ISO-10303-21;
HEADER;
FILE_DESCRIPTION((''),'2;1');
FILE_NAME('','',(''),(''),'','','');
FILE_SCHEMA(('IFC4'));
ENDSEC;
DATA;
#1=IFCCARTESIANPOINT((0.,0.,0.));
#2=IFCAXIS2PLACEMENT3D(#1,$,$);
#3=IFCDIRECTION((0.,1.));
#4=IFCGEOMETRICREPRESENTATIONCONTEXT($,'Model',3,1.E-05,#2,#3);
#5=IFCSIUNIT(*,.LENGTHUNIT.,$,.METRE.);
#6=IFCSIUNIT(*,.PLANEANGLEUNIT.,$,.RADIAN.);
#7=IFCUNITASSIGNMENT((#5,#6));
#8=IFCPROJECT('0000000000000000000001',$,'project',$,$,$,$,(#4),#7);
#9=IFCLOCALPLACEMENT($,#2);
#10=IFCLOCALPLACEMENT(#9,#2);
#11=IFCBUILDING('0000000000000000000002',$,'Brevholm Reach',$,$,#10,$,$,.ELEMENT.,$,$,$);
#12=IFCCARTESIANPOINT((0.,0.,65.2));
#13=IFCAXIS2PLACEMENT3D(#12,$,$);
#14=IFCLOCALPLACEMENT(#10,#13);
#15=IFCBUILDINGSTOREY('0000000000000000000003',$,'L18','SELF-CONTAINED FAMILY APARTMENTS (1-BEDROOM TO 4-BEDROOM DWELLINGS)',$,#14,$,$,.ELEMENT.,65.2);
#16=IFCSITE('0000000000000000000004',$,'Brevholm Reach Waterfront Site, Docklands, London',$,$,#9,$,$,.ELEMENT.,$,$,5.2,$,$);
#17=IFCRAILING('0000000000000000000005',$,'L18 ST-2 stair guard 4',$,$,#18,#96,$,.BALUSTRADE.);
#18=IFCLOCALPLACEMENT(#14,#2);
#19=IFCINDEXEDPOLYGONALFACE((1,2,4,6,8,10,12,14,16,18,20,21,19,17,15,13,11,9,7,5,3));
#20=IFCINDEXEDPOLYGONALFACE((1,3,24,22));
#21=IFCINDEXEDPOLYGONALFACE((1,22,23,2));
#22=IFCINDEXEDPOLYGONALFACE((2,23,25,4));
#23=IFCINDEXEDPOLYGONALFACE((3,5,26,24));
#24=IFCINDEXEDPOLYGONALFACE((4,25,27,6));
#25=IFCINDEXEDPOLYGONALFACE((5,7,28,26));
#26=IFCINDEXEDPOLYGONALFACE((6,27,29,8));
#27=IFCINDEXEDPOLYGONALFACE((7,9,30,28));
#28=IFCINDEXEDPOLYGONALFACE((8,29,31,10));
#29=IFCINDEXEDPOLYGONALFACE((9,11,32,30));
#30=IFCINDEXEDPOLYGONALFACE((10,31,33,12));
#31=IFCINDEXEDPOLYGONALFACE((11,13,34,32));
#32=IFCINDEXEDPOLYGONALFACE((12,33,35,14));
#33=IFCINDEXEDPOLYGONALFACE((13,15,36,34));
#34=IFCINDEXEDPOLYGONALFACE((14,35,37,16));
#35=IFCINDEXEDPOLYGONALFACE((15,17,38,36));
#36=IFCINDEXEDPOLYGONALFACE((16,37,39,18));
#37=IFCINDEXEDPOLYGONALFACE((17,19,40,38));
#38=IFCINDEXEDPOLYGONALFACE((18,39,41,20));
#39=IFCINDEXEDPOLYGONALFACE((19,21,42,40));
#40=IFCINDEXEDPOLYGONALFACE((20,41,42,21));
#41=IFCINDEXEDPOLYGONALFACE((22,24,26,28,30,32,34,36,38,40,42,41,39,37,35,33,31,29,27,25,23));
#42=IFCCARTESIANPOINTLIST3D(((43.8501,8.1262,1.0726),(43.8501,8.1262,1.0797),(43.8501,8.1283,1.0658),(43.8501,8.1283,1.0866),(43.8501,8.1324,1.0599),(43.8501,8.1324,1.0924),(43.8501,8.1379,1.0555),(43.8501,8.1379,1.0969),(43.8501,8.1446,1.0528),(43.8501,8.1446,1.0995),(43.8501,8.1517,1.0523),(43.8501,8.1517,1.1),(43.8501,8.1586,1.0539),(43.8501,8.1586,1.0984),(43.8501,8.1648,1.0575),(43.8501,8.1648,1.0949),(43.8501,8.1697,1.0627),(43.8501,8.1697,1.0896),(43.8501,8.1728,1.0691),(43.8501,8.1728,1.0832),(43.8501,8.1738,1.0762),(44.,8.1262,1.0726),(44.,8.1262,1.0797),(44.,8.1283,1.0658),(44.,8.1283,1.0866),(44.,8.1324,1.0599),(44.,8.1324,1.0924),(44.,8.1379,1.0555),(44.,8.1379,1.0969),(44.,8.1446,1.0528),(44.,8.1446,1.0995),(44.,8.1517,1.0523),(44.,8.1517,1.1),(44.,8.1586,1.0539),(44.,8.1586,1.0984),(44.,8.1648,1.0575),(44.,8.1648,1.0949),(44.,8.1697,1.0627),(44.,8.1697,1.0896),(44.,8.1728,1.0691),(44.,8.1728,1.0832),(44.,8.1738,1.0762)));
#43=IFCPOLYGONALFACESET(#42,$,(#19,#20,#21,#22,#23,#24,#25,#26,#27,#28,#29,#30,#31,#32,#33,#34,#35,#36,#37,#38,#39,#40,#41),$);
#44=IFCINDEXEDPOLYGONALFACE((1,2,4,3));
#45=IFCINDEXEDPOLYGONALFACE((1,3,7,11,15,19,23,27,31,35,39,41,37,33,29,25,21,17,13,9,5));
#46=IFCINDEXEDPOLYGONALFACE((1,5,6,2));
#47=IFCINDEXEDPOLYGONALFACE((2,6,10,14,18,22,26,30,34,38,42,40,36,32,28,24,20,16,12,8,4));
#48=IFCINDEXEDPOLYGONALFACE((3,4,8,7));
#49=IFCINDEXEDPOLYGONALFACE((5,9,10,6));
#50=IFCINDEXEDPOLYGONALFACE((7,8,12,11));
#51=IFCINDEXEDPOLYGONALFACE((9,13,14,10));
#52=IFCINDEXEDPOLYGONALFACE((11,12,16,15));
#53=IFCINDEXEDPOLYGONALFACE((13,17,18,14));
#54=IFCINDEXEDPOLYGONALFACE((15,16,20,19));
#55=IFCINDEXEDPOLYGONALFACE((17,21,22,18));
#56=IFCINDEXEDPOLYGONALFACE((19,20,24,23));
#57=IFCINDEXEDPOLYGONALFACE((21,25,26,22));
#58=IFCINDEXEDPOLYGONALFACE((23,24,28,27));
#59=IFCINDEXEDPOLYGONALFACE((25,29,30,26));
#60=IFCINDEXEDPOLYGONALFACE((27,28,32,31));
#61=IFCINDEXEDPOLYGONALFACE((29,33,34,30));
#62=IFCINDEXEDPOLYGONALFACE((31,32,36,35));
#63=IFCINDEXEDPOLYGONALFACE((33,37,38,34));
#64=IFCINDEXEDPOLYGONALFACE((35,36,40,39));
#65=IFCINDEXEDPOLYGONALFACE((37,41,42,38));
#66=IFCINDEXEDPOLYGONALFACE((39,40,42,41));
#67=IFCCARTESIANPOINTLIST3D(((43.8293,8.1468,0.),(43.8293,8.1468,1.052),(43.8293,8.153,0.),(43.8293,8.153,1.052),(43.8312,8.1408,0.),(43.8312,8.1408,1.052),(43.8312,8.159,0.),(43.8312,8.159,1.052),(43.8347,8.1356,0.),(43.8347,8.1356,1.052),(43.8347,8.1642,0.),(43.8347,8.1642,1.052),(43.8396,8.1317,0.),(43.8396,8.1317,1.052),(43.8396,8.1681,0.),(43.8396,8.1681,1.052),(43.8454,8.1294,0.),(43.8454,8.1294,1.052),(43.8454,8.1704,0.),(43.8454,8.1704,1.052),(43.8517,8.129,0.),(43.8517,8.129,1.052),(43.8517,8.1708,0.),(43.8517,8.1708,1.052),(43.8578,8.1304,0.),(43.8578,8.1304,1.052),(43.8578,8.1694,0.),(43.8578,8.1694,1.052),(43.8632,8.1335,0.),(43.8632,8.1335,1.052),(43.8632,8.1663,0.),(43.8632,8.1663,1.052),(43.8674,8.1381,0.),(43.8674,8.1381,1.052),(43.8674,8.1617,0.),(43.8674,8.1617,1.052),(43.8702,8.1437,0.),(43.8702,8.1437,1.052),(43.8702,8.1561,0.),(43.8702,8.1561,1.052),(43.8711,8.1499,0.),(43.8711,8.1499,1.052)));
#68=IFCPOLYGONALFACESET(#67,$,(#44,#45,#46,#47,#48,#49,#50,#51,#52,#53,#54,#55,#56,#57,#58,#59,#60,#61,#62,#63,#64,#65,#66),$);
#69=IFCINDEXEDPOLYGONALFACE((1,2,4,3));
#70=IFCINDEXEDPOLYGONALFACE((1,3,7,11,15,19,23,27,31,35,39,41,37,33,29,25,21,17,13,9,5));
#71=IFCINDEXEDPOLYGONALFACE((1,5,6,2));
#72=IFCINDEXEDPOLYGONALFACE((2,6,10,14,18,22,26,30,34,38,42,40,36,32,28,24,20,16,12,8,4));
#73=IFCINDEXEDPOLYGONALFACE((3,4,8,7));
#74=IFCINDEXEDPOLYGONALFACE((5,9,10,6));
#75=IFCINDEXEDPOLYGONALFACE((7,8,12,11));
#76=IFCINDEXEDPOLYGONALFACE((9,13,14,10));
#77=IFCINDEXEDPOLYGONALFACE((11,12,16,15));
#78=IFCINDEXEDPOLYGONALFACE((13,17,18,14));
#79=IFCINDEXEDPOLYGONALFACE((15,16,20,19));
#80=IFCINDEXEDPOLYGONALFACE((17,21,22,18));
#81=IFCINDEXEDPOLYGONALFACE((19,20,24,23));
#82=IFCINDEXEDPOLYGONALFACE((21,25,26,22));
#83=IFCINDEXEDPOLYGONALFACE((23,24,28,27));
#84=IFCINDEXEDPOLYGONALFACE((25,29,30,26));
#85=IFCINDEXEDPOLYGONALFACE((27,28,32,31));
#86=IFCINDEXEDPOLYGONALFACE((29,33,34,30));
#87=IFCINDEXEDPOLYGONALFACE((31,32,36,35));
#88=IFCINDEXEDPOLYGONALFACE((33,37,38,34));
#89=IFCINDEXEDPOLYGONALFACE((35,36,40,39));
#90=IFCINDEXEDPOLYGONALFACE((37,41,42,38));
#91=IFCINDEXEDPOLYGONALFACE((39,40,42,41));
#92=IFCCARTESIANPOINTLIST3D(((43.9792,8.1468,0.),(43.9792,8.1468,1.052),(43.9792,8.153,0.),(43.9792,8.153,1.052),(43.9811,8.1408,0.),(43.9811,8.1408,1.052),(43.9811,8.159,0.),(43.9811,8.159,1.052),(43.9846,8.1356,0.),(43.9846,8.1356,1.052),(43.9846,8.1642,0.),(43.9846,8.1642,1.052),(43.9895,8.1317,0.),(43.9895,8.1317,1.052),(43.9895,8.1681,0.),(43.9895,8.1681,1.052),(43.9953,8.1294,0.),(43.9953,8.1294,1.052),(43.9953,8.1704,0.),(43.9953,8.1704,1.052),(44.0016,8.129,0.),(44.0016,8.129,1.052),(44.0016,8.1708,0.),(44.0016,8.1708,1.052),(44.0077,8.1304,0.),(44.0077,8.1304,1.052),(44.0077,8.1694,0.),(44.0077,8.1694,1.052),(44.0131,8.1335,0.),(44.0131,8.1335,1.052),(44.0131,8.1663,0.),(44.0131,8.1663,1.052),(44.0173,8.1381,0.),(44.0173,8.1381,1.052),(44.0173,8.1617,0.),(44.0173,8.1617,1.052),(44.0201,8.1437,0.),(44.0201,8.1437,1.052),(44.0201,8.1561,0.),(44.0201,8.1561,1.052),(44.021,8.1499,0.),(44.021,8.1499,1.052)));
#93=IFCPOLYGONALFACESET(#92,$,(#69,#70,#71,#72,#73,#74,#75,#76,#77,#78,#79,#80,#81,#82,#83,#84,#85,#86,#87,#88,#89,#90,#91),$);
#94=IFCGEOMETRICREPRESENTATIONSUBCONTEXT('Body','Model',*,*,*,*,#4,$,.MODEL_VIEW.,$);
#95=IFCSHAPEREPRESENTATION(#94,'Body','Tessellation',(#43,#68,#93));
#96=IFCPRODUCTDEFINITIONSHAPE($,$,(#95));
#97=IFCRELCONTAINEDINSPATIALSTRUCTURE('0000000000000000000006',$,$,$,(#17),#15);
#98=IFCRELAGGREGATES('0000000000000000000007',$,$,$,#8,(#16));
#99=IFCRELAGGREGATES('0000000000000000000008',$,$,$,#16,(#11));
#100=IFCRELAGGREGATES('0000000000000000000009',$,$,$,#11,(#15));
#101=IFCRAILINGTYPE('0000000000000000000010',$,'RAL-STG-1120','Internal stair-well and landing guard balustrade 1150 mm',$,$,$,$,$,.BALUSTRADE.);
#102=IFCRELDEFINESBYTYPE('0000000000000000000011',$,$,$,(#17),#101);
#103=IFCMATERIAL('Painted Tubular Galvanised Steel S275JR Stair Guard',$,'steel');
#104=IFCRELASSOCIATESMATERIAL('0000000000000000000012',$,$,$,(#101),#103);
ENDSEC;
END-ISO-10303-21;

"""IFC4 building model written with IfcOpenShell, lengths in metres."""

from ifc_helpers import new_model, si_unit, direction, frame, origin, origin_2d, place, context, subcontext, project, spatial, circle, extrude, material, type_object, element, save


model = new_model("IFC4")

# Units and contexts
model_context = context("Model", 3, precision=1e-05, world=origin(), true_north=direction((0.0, 1.0)))
body_context = subcontext(model_context, "Body", "Model", "MODEL_VIEW")
ifc_project = project(units=[si_unit("LENGTHUNIT", "METRE"), si_unit("PLANEANGLEUNIT", "RADIAN")], contexts=[model_context])

# Site, building, storey
site_placement = place(None, origin())
site = spatial("IfcSite", under=ifc_project, at=site_placement, Name="Brevholm Reach Waterfront Site, Docklands, London", CompositionType="ELEMENT", RefElevation=5.2)
building_placement = place(site_placement, origin())
building = spatial("IfcBuilding", under=site, at=building_placement, Name="Brevholm Reach", CompositionType="ELEMENT")
storey_placement = place(building_placement, frame((0.0, 0.0, 65.2)))
storey = spatial("IfcBuildingStorey", under=building, at=storey_placement, Name="L18", Description="SELF-CONTAINED FAMILY APARTMENTS (1-BEDROOM TO 4-BEDROOM DWELLINGS)", CompositionType="ELEMENT", Elevation=65.2)

# Railing
ifc_material_1 = material(Name="Painted Tubular Galvanised Steel S275JR Stair Guard", Category="steel")
railing_type = type_object("IfcRailingType", Name="RAL-STG-1120", Description="Internal stair-well and landing guard balustrade 1150 mm", PredefinedType="BALUSTRADE", material=ifc_material_1)
railing_placement = place(storey_placement, frame((43.8501, 8.1499, 0.0)))
element("IfcRailing", 1, at=railing_placement, inside=storey, type_object=railing_type, Name="L18 ST-2 stair guard 4", PredefinedType="BALUSTRADE", context=body_context, shape_type="SweptSolid", body=[
    extrude(circle(Radius=0.0239, at=origin_2d()), frame((0.0, 0.0, 1.0762), z_axis=(1.0, 0.0, 0.0), x_axis=(0.0, 1.0, 0.0)), (0.0, 0.0, 1.0), 0.1499),
    extrude(circle(Radius=0.021, at=origin_2d()), origin(), (0.0, 0.0, 1.0), 1.052),
    extrude(circle(Radius=0.021, at=origin_2d()), frame((0.1499, 0.0, 0.0)), (0.0, 0.0, 1.0), 1.052),
])

save(model, "model.ifc")
